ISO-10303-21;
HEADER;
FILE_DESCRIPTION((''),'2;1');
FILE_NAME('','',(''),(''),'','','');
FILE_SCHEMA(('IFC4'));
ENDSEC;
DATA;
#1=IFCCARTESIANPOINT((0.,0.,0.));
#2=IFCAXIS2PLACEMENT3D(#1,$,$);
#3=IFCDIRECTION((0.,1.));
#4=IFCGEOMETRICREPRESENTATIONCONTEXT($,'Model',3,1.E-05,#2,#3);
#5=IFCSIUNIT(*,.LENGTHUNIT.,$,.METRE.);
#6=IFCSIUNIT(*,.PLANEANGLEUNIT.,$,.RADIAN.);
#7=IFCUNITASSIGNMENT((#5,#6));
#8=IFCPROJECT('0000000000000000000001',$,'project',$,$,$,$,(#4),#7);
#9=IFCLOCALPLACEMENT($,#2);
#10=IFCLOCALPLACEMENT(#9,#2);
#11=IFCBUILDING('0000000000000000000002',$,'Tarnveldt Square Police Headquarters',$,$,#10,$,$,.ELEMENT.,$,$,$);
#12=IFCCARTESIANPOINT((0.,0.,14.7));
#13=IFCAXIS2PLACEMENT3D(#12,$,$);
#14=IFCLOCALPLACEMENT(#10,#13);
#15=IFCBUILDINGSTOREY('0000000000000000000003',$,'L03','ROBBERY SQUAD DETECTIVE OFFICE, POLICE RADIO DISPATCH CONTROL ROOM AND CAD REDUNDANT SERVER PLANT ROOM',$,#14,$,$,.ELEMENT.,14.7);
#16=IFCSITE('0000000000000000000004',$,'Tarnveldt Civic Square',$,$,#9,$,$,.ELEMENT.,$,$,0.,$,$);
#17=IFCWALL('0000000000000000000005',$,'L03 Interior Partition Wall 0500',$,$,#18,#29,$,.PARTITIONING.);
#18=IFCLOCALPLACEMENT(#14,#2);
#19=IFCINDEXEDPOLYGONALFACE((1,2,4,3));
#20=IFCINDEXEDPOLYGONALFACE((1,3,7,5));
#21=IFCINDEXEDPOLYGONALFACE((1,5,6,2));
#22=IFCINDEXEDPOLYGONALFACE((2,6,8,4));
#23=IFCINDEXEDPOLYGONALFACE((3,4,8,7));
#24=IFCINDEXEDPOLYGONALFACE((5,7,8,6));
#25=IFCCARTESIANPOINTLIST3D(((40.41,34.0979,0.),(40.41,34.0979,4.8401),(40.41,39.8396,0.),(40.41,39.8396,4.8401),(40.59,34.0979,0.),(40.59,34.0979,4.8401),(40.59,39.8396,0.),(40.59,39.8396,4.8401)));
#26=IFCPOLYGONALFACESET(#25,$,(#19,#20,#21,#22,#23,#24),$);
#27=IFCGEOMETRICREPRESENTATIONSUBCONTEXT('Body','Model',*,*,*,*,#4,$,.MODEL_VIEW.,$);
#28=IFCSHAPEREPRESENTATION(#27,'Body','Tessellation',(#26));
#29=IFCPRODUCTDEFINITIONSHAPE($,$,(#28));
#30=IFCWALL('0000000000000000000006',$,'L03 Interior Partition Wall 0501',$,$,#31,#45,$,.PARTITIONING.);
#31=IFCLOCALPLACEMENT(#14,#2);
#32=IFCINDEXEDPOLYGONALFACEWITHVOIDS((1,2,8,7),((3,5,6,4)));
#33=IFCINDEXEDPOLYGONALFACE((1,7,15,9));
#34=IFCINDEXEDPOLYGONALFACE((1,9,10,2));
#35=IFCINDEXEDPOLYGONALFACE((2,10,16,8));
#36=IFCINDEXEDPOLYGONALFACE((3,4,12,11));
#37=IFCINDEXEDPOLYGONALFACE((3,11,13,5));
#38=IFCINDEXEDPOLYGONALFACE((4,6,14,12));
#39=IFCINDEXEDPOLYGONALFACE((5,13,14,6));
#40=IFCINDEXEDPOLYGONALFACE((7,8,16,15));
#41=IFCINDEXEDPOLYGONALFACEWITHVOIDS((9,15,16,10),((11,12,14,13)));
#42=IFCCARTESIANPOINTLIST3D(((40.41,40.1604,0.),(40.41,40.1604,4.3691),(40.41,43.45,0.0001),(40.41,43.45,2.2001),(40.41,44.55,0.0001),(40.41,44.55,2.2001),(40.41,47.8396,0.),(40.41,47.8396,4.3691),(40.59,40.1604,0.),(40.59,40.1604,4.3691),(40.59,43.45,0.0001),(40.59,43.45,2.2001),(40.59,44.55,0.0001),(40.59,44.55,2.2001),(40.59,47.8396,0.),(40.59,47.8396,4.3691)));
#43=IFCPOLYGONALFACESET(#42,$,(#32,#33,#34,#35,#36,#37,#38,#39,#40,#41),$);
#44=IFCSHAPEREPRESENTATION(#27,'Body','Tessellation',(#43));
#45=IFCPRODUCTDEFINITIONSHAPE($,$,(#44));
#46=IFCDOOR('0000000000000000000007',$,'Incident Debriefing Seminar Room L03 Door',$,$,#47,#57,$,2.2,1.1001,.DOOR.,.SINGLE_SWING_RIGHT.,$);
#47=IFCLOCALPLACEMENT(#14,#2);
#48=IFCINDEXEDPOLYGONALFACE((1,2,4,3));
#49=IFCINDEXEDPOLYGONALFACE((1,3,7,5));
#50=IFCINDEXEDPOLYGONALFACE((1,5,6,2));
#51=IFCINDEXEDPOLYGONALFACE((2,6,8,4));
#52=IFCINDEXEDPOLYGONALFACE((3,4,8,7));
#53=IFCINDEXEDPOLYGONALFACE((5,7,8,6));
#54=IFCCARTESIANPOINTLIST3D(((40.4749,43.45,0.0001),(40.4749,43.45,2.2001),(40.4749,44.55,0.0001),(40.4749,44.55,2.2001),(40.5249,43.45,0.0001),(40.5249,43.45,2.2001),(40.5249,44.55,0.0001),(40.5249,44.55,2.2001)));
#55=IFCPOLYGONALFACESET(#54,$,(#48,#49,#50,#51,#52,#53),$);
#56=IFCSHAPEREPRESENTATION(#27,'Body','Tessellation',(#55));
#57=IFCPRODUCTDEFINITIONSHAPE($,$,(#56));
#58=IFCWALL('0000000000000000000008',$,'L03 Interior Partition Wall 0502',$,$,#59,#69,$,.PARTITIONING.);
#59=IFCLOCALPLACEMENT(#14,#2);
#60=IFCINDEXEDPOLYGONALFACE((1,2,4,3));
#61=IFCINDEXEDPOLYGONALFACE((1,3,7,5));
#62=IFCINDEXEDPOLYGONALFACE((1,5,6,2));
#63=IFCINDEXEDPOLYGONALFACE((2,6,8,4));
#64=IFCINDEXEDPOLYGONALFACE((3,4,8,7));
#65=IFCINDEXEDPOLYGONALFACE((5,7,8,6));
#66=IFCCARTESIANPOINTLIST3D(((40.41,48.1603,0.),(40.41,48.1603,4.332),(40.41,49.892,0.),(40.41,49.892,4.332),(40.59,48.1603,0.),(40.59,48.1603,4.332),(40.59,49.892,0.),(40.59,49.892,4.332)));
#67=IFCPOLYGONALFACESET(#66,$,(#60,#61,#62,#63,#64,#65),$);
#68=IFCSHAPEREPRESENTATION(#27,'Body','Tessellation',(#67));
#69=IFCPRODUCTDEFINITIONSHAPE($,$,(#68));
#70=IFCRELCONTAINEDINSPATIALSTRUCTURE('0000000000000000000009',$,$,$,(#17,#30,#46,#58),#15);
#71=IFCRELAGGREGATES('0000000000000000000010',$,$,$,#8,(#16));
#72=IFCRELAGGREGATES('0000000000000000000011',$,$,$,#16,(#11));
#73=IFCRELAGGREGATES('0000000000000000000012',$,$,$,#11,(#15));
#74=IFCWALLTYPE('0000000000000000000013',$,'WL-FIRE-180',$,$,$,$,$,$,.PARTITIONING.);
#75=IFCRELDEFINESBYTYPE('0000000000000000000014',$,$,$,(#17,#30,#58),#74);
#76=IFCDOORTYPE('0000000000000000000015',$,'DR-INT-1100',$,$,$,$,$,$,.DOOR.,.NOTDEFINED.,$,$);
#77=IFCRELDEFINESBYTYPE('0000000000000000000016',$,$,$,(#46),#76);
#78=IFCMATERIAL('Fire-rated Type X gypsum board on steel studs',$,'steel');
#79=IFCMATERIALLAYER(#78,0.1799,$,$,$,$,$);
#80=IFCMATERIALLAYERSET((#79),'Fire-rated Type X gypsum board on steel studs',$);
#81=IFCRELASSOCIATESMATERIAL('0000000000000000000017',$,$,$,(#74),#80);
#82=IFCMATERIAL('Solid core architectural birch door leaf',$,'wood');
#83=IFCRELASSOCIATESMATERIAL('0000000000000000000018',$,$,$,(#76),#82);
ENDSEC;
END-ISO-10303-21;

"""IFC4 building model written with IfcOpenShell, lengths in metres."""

from ifc_helpers import new_model, si_unit, direction, frame, frame_2d, origin, place, context, subcontext, project, spatial, rectangle, extrude, material, layer, layer_set, type_object, element, fill, save


model = new_model("IFC4")

# Units and contexts
model_context = context("Model", 3, precision=1e-05, world=origin(), true_north=direction((0.0, 1.0)))
body_context = subcontext(model_context, "Body", "Model", "MODEL_VIEW")
ifc_project = project(units=[si_unit("LENGTHUNIT", "METRE"), si_unit("PLANEANGLEUNIT", "RADIAN")], contexts=[model_context])

# Site, building, storey
site_placement = place(None, origin())
site = spatial("IfcSite", under=ifc_project, at=site_placement, Name="Tarnveldt Civic Square", CompositionType="ELEMENT", RefElevation=0.0)
building_placement = place(site_placement, origin())
building = spatial("IfcBuilding", under=site, at=building_placement, Name="Tarnveldt Square Police Headquarters", CompositionType="ELEMENT")
storey_placement = place(building_placement, frame((0.0, 0.0, 14.7)))
storey = spatial("IfcBuildingStorey", under=building, at=storey_placement, Name="L03", Description="ROBBERY SQUAD DETECTIVE OFFICE, POLICE RADIO DISPATCH CONTROL ROOM AND CAD REDUNDANT SERVER PLANT ROOM", CompositionType="ELEMENT", Elevation=14.7)

# Shared definitions
ifc_material_1 = material(Name="Fire-rated Type X gypsum board on steel studs", Category="steel")
ifc_layer_1 = layer(ifc_material_1, 0.1799)
ifc_layer_set_1 = layer_set([ifc_layer_1], Name="Fire-rated Type X gypsum board on steel studs")
wall_type_1 = type_object("IfcWallType", Name="WL-FIRE-180", PredefinedType="PARTITIONING", material=ifc_layer_set_1)

# Shared definitions
ifc_material_2 = material(Name="Solid core architectural birch door leaf", Category="wood")
door_type_1 = type_object("IfcDoorType", Name="DR-INT-1100", OperationType="NOTDEFINED", PredefinedType="DOOR", material=ifc_material_2)

# Wall
wall_1_placement = place(storey_placement, frame((40.5, 34.0979, 0.0), z_axis=(0.0, 0.0, 1.0), x_axis=(0.0, 1.0, 0.0)))
element("IfcWall", 1, at=wall_1_placement, inside=storey, type_object=wall_type_1, Name="L03 Interior Partition Wall 0500", PredefinedType="PARTITIONING", context=body_context, shape_type="SweptSolid", body=[
    extrude(rectangle(XDim=5.7417, YDim=0.1799, at=frame_2d((2.8708, 0.0))), origin(), (0.0, 0.0, 1.0), 4.8401),
])

# Wall, opening, door
wall_2_placement = place(storey_placement, frame((40.5, 40.1604, 0.0), z_axis=(0.0, 0.0, 1.0), x_axis=(0.0, 1.0, 0.0)))
wall_2 = element("IfcWall", 2, at=wall_2_placement, inside=storey, type_object=wall_type_1, Name="L03 Interior Partition Wall 0501", PredefinedType="PARTITIONING", context=body_context, shape_type="SweptSolid", body=[
    extrude(rectangle(XDim=7.6792, YDim=0.1799, at=frame_2d((3.8396, 0.0))), origin(), (0.0, 0.0, 1.0), 4.3691),
])
opening_1_placement = place(wall_2_placement, frame((3.2896, 0.0, 0.0)))
opening_1 = element("IfcOpeningElement", 3, at=opening_1_placement, cuts=wall_2, PredefinedType="OPENING", context=body_context, shape_type="SweptSolid", body=[
    extrude(rectangle(XDim=1.1001, YDim=2.2, at=frame_2d((0.55, 1.1001))), frame((0.0, 0.0999, 0.0), z_axis=(0.0, -1.0, 0.0), x_axis=(1.0, 0.0, 0.0)), (0.0, 0.0, 1.0), 0.2),
])
door_1_placement = place(opening_1_placement, frame((1.1001, 0.0, 0.0), z_axis=(0.0, 0.0, 1.0), x_axis=(-1.0, 0.0, 0.0)))
door_1 = element("IfcDoor", 4, at=door_1_placement, inside=storey, type_object=door_type_1, Name="Incident Debriefing Seminar Room L03 Door", OperationType="SINGLE_SWING_RIGHT", OverallHeight=2.2, OverallWidth=1.1001, PredefinedType="DOOR", context=body_context, shape_type="SweptSolid", body=[
    extrude(rectangle(XDim=1.1001, YDim=2.2, at=frame_2d((0.55, 1.1001))), frame((0.0, 0.0249, 0.0), z_axis=(0.0, -1.0, 0.0), x_axis=(1.0, 0.0, 0.0)), (0.0, 0.0, 1.0), 0.05),
])
fill(opening_1, door_1)

# Wall
wall_3_placement = place(storey_placement, frame((40.5, 48.1604, 0.0), z_axis=(0.0, 0.0, 1.0), x_axis=(0.0, 1.0, 0.0)))
element("IfcWall", 5, at=wall_3_placement, inside=storey, type_object=wall_type_1, Name="L03 Interior Partition Wall 0502", PredefinedType="PARTITIONING", context=body_context, shape_type="SweptSolid", body=[
    extrude(rectangle(XDim=1.7317, YDim=0.1799, at=frame_2d((0.8657, 0.0))), origin(), (0.0, 0.0, 1.0), 4.332),
])

save(model, "model.ifc")
